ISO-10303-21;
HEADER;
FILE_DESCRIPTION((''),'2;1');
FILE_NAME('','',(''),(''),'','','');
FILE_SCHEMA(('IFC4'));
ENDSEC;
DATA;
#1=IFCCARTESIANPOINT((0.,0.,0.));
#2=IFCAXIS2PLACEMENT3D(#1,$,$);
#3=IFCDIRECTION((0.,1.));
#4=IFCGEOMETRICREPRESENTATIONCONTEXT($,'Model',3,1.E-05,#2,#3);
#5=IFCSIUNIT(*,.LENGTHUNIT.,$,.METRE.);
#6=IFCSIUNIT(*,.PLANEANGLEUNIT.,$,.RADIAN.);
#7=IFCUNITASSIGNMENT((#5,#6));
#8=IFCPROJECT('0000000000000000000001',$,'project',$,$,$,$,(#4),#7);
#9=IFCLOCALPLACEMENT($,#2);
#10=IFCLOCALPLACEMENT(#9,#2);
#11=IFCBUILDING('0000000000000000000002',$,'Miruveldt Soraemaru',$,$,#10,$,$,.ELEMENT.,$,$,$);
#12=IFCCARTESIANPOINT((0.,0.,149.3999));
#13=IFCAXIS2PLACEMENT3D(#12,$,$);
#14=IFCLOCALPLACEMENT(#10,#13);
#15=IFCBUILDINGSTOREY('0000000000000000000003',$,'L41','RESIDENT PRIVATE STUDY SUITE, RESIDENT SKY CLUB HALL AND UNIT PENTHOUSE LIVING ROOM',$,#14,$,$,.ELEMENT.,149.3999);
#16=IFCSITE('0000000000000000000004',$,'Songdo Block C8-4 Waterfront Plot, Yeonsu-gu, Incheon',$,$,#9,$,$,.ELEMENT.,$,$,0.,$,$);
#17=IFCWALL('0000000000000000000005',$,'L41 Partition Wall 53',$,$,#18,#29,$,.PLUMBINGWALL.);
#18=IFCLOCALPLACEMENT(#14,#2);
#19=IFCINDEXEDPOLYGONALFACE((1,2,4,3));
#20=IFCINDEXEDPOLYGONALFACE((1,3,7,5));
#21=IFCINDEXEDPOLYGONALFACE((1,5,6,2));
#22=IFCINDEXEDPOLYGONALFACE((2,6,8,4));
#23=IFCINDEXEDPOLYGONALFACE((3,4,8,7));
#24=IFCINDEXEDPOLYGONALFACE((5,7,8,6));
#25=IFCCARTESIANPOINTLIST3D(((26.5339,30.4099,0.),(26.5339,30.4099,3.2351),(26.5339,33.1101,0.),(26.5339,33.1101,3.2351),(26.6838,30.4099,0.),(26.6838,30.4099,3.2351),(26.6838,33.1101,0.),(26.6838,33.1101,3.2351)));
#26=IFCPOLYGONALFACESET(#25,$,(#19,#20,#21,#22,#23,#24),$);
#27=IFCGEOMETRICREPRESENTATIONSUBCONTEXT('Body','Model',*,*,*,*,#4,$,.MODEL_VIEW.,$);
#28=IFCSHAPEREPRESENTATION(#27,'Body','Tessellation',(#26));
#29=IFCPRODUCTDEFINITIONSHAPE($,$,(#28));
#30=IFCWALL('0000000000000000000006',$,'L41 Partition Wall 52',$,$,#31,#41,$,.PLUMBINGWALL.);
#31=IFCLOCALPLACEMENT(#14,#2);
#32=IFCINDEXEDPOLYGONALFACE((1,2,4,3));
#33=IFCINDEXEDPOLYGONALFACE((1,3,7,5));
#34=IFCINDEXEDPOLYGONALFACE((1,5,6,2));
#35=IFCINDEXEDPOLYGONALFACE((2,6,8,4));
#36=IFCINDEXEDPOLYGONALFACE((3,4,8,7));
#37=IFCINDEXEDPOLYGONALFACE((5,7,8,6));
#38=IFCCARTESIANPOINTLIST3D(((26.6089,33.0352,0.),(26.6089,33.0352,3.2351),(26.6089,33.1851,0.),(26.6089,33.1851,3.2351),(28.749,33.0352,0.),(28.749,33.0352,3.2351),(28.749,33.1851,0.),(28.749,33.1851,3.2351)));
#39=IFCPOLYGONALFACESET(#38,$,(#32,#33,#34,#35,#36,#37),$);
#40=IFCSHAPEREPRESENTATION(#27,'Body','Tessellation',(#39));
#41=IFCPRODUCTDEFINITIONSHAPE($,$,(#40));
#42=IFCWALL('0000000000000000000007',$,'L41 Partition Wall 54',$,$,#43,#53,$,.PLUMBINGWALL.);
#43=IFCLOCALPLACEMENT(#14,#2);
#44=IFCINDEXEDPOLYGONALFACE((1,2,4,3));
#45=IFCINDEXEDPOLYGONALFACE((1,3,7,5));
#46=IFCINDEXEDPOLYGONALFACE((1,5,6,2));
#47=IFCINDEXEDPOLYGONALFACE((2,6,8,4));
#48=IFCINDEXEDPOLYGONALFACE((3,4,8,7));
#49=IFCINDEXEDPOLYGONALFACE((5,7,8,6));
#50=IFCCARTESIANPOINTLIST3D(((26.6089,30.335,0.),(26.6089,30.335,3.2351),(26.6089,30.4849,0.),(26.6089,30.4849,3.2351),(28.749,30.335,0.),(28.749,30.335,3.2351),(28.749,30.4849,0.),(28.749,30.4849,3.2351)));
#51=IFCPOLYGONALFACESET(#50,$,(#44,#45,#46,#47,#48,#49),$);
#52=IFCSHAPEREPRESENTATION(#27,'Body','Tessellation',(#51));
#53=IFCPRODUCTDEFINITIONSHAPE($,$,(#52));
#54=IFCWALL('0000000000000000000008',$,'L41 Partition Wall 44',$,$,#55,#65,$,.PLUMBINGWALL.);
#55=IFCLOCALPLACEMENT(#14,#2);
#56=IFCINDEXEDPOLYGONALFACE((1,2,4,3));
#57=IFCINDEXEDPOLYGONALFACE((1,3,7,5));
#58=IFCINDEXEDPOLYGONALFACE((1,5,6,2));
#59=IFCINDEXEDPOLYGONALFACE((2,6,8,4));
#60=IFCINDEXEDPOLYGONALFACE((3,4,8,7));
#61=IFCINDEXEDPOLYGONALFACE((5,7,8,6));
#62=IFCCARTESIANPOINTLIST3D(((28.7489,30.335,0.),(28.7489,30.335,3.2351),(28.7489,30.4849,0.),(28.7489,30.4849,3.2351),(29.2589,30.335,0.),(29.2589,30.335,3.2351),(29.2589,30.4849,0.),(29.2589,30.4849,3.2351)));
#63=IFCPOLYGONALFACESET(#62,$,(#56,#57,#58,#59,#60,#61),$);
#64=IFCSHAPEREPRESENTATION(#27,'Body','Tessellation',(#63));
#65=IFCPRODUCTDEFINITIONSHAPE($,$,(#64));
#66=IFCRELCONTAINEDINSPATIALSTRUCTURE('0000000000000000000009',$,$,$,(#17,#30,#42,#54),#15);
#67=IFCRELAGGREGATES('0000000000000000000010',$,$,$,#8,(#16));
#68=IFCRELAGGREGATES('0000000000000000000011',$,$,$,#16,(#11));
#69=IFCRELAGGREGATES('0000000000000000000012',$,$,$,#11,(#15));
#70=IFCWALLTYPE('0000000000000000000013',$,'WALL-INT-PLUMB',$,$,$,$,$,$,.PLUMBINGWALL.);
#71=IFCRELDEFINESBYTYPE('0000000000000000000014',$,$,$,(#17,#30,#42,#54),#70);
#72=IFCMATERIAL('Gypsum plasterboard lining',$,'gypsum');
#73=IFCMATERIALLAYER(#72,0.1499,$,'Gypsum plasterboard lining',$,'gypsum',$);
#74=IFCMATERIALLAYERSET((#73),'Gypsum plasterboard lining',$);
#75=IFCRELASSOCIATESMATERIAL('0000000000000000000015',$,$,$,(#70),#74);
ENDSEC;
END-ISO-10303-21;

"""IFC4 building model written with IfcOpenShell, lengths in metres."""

from ifc_helpers import new_model, si_unit, direction, frame, frame_2d, origin, place, context, subcontext, project, spatial, rectangle, extrude, material, layer, layer_set, type_object, element, save


model = new_model("IFC4")

# Units and contexts
model_context = context("Model", 3, precision=1e-05, world=origin(), true_north=direction((0.0, 1.0)))
body_context = subcontext(model_context, "Body", "Model", "MODEL_VIEW")
ifc_project = project(units=[si_unit("LENGTHUNIT", "METRE"), si_unit("PLANEANGLEUNIT", "RADIAN")], contexts=[model_context])

# Site, building, storey
site_placement = place(None, origin())
site = spatial("IfcSite", under=ifc_project, at=site_placement, Name="Songdo Block C8-4 Waterfront Plot, Yeonsu-gu, Incheon", CompositionType="ELEMENT", RefElevation=0.0)
building_placement = place(site_placement, origin())
building = spatial("IfcBuilding", under=site, at=building_placement, Name="Miruveldt Soraemaru", CompositionType="ELEMENT")
storey_placement = place(building_placement, frame((0.0, 0.0, 149.3999)))
storey = spatial("IfcBuildingStorey", under=building, at=storey_placement, Name="L41", Description="RESIDENT PRIVATE STUDY SUITE, RESIDENT SKY CLUB HALL AND UNIT PENTHOUSE LIVING ROOM", CompositionType="ELEMENT", Elevation=149.3999)

# Walls
ifc_material_1 = material(Name="Gypsum plasterboard lining", Category="gypsum")
ifc_layer_1 = layer(ifc_material_1, 0.1499, Name="Gypsum plasterboard lining", Category="gypsum")
ifc_layer_set_1 = layer_set([ifc_layer_1], Name="Gypsum plasterboard lining")
wall_type_1 = type_object("IfcWallType", Name="WALL-INT-PLUMB", PredefinedType="PLUMBINGWALL", material=ifc_layer_set_1)
wall_1_placement = place(storey_placement, frame((26.6089, 33.1101, 0.0), z_axis=(0.0, 0.0, 1.0), x_axis=(0.0, -1.0, 0.0)))
element("IfcWall", 1, at=wall_1_placement, inside=storey, type_object=wall_type_1, Name="L41 Partition Wall 53", PredefinedType="PLUMBINGWALL", context=body_context, shape_type="SweptSolid", body=[
    extrude(rectangle(XDim=2.7002, YDim=0.1499, at=frame_2d((1.3501, 0.0))), origin(), (0.0, 0.0, 1.0), 3.2351),
])
for number, where, z_axis, x_axis, name in (
    (2, (28.749, 33.1101, 0.0), (0.0, 0.0, 1.0), (-1.0, 0.0, 0.0), "L41 Partition Wall 52"),
    (3, (26.6089, 30.4099, 0.0), (0.0, 0.0, 1.0), (1.0, 0.0, 0.0), "L41 Partition Wall 54"),
):
    element("IfcWall", number, at=place(storey_placement, frame(where, z_axis=z_axis, x_axis=x_axis)), inside=storey, type_object=wall_type_1, Name=name, PredefinedType="PLUMBINGWALL", context=body_context, shape_type="SweptSolid", body=[
        extrude(rectangle(XDim=2.1401, YDim=0.1499, at=frame_2d((1.0701, 0.0))), origin(), (0.0, 0.0, 1.0), 3.2351),
    ])
wall_2_placement = place(storey_placement, frame((28.749, 30.4099, 0.0), z_axis=(0.0, 0.0, 1.0), x_axis=(1.0, 0.0, 0.0)))
element("IfcWall", 4, at=wall_2_placement, inside=storey, type_object=wall_type_1, Name="L41 Partition Wall 44", PredefinedType="PLUMBINGWALL", context=body_context, shape_type="SweptSolid", body=[
    extrude(rectangle(XDim=0.51, YDim=0.1499, at=frame_2d((0.2549, 0.0))), origin(), (0.0, 0.0, 1.0), 3.2351),
])

save(model, "model.ifc")
